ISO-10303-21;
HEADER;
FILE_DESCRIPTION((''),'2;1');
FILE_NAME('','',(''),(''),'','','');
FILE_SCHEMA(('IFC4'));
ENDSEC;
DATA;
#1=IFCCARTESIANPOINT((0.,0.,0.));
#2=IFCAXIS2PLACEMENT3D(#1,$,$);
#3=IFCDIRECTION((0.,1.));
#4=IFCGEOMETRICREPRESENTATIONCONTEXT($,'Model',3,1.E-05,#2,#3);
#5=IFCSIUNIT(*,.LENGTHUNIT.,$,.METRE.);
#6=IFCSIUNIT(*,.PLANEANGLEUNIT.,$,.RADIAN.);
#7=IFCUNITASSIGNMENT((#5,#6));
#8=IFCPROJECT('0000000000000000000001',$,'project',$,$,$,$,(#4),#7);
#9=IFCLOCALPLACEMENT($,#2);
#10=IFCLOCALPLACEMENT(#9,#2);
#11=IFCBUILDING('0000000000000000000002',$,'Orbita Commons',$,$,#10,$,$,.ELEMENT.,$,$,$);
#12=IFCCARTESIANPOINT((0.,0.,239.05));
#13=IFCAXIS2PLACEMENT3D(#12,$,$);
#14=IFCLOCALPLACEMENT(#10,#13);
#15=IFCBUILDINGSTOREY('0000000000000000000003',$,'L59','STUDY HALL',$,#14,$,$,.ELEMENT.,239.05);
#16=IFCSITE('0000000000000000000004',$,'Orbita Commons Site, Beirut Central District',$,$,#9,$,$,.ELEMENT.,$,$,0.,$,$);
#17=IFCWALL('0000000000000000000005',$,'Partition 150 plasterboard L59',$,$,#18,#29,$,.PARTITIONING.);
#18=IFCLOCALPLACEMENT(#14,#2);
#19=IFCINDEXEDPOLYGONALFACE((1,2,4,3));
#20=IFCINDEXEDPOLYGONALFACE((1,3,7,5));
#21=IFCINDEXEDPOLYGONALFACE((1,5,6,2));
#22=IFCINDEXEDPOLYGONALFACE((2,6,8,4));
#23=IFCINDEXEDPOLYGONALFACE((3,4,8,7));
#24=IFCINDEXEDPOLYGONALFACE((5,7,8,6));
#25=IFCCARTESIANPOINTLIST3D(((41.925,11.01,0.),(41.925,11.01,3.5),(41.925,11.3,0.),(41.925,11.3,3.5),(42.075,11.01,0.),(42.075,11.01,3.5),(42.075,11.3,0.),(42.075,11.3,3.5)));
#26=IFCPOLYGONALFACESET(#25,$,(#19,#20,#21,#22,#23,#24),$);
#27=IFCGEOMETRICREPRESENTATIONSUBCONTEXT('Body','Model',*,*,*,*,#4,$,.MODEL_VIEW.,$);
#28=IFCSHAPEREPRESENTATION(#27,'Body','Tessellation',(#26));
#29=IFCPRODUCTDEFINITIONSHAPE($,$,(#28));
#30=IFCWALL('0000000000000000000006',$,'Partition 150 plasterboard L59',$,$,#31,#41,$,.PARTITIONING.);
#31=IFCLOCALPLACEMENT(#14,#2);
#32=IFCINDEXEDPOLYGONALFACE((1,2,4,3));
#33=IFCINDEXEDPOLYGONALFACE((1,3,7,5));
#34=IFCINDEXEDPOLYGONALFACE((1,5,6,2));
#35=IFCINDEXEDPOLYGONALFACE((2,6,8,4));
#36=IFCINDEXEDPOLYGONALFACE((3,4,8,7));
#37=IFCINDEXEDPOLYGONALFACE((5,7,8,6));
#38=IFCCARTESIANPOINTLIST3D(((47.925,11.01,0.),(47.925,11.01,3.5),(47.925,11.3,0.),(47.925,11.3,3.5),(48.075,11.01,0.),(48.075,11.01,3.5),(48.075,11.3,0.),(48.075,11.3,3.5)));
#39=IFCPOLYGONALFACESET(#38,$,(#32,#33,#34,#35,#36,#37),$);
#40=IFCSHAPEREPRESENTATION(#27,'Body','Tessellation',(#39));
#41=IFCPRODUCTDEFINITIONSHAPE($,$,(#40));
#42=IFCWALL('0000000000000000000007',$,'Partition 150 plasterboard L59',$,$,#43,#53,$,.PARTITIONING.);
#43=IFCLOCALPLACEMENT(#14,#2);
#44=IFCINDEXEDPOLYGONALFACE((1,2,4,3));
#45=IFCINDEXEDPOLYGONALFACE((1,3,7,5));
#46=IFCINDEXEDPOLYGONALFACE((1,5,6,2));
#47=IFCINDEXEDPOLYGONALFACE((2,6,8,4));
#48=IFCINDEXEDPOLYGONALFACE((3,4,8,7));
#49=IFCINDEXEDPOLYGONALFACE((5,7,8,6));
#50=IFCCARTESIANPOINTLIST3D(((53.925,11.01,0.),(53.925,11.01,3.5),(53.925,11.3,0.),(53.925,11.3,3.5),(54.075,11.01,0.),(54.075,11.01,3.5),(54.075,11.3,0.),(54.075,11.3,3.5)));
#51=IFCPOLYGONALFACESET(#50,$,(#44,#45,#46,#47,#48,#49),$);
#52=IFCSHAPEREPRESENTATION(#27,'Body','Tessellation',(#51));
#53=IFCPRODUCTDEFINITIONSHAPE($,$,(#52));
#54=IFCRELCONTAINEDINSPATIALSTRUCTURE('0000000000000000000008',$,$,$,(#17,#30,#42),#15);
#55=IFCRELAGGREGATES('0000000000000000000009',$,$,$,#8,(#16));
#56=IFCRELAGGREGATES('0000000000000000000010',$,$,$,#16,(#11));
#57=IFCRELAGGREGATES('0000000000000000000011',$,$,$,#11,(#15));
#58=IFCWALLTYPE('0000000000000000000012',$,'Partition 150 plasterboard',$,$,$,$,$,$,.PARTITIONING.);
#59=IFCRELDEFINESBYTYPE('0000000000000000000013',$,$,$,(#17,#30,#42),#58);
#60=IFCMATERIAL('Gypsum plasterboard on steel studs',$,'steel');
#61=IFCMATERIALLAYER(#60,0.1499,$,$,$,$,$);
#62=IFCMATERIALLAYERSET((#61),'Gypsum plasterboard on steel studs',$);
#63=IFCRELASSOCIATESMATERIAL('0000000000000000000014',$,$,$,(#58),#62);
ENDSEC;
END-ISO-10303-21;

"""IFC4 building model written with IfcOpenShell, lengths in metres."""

from ifc_helpers import new_model, si_unit, direction, frame, frame_2d, origin, place, context, subcontext, project, spatial, rectangle, extrude, material, layer, layer_set, type_object, element, save


model = new_model("IFC4")

# Units and contexts
model_context = context("Model", 3, precision=1e-05, world=origin(), true_north=direction((0.0, 1.0)))
body_context = subcontext(model_context, "Body", "Model", "MODEL_VIEW")
ifc_project = project(units=[si_unit("LENGTHUNIT", "METRE"), si_unit("PLANEANGLEUNIT", "RADIAN")], contexts=[model_context])

# Site, building, storey
site_placement = place(None, origin())
site = spatial("IfcSite", under=ifc_project, at=site_placement, Name="Orbita Commons Site, Beirut Central District", CompositionType="ELEMENT", RefElevation=0.0)
building_placement = place(site_placement, origin())
building = spatial("IfcBuilding", under=site, at=building_placement, Name="Orbita Commons", CompositionType="ELEMENT")
storey_placement = place(building_placement, frame((0.0, 0.0, 239.05)))
storey = spatial("IfcBuildingStorey", under=building, at=storey_placement, Name="L59", Description="STUDY HALL", CompositionType="ELEMENT", Elevation=239.05)

# Shared definitions
ifc_material_1 = material(Name="Gypsum plasterboard on steel studs", Category="steel")
ifc_layer_1 = layer(ifc_material_1, 0.1499)
ifc_layer_set_1 = layer_set([ifc_layer_1], Name="Gypsum plasterboard on steel studs")
wall_type_1 = type_object("IfcWallType", Name="Partition 150 plasterboard", PredefinedType="PARTITIONING", material=ifc_layer_set_1)

# Walls
for number, where, z_axis, x_axis, name in (
    (1, (42.0, 11.3, 0.0), (0.0, 0.0, 1.0), (0.0, -1.0, 0.0), "Partition 150 plasterboard L59"),
    (2, (48.0, 11.3, 0.0), (0.0, 0.0, 1.0), (0.0, -1.0, 0.0), "Partition 150 plasterboard L59"),
    (3, (54.0, 11.3, 0.0), (0.0, 0.0, 1.0), (0.0, -1.0, 0.0), "Partition 150 plasterboard L59"),
):
    element("IfcWall", number, at=place(storey_placement, frame(where, z_axis=z_axis, x_axis=x_axis)), inside=storey, type_object=wall_type_1, Name=name, PredefinedType="PARTITIONING", context=body_context, shape_type="SweptSolid", body=[
        extrude(rectangle(XDim=0.29, YDim=0.1499, at=frame_2d((0.145, 0.0))), origin(), (0.0, 0.0, 1.0), 3.5),
    ])

save(model, "model.ifc")
